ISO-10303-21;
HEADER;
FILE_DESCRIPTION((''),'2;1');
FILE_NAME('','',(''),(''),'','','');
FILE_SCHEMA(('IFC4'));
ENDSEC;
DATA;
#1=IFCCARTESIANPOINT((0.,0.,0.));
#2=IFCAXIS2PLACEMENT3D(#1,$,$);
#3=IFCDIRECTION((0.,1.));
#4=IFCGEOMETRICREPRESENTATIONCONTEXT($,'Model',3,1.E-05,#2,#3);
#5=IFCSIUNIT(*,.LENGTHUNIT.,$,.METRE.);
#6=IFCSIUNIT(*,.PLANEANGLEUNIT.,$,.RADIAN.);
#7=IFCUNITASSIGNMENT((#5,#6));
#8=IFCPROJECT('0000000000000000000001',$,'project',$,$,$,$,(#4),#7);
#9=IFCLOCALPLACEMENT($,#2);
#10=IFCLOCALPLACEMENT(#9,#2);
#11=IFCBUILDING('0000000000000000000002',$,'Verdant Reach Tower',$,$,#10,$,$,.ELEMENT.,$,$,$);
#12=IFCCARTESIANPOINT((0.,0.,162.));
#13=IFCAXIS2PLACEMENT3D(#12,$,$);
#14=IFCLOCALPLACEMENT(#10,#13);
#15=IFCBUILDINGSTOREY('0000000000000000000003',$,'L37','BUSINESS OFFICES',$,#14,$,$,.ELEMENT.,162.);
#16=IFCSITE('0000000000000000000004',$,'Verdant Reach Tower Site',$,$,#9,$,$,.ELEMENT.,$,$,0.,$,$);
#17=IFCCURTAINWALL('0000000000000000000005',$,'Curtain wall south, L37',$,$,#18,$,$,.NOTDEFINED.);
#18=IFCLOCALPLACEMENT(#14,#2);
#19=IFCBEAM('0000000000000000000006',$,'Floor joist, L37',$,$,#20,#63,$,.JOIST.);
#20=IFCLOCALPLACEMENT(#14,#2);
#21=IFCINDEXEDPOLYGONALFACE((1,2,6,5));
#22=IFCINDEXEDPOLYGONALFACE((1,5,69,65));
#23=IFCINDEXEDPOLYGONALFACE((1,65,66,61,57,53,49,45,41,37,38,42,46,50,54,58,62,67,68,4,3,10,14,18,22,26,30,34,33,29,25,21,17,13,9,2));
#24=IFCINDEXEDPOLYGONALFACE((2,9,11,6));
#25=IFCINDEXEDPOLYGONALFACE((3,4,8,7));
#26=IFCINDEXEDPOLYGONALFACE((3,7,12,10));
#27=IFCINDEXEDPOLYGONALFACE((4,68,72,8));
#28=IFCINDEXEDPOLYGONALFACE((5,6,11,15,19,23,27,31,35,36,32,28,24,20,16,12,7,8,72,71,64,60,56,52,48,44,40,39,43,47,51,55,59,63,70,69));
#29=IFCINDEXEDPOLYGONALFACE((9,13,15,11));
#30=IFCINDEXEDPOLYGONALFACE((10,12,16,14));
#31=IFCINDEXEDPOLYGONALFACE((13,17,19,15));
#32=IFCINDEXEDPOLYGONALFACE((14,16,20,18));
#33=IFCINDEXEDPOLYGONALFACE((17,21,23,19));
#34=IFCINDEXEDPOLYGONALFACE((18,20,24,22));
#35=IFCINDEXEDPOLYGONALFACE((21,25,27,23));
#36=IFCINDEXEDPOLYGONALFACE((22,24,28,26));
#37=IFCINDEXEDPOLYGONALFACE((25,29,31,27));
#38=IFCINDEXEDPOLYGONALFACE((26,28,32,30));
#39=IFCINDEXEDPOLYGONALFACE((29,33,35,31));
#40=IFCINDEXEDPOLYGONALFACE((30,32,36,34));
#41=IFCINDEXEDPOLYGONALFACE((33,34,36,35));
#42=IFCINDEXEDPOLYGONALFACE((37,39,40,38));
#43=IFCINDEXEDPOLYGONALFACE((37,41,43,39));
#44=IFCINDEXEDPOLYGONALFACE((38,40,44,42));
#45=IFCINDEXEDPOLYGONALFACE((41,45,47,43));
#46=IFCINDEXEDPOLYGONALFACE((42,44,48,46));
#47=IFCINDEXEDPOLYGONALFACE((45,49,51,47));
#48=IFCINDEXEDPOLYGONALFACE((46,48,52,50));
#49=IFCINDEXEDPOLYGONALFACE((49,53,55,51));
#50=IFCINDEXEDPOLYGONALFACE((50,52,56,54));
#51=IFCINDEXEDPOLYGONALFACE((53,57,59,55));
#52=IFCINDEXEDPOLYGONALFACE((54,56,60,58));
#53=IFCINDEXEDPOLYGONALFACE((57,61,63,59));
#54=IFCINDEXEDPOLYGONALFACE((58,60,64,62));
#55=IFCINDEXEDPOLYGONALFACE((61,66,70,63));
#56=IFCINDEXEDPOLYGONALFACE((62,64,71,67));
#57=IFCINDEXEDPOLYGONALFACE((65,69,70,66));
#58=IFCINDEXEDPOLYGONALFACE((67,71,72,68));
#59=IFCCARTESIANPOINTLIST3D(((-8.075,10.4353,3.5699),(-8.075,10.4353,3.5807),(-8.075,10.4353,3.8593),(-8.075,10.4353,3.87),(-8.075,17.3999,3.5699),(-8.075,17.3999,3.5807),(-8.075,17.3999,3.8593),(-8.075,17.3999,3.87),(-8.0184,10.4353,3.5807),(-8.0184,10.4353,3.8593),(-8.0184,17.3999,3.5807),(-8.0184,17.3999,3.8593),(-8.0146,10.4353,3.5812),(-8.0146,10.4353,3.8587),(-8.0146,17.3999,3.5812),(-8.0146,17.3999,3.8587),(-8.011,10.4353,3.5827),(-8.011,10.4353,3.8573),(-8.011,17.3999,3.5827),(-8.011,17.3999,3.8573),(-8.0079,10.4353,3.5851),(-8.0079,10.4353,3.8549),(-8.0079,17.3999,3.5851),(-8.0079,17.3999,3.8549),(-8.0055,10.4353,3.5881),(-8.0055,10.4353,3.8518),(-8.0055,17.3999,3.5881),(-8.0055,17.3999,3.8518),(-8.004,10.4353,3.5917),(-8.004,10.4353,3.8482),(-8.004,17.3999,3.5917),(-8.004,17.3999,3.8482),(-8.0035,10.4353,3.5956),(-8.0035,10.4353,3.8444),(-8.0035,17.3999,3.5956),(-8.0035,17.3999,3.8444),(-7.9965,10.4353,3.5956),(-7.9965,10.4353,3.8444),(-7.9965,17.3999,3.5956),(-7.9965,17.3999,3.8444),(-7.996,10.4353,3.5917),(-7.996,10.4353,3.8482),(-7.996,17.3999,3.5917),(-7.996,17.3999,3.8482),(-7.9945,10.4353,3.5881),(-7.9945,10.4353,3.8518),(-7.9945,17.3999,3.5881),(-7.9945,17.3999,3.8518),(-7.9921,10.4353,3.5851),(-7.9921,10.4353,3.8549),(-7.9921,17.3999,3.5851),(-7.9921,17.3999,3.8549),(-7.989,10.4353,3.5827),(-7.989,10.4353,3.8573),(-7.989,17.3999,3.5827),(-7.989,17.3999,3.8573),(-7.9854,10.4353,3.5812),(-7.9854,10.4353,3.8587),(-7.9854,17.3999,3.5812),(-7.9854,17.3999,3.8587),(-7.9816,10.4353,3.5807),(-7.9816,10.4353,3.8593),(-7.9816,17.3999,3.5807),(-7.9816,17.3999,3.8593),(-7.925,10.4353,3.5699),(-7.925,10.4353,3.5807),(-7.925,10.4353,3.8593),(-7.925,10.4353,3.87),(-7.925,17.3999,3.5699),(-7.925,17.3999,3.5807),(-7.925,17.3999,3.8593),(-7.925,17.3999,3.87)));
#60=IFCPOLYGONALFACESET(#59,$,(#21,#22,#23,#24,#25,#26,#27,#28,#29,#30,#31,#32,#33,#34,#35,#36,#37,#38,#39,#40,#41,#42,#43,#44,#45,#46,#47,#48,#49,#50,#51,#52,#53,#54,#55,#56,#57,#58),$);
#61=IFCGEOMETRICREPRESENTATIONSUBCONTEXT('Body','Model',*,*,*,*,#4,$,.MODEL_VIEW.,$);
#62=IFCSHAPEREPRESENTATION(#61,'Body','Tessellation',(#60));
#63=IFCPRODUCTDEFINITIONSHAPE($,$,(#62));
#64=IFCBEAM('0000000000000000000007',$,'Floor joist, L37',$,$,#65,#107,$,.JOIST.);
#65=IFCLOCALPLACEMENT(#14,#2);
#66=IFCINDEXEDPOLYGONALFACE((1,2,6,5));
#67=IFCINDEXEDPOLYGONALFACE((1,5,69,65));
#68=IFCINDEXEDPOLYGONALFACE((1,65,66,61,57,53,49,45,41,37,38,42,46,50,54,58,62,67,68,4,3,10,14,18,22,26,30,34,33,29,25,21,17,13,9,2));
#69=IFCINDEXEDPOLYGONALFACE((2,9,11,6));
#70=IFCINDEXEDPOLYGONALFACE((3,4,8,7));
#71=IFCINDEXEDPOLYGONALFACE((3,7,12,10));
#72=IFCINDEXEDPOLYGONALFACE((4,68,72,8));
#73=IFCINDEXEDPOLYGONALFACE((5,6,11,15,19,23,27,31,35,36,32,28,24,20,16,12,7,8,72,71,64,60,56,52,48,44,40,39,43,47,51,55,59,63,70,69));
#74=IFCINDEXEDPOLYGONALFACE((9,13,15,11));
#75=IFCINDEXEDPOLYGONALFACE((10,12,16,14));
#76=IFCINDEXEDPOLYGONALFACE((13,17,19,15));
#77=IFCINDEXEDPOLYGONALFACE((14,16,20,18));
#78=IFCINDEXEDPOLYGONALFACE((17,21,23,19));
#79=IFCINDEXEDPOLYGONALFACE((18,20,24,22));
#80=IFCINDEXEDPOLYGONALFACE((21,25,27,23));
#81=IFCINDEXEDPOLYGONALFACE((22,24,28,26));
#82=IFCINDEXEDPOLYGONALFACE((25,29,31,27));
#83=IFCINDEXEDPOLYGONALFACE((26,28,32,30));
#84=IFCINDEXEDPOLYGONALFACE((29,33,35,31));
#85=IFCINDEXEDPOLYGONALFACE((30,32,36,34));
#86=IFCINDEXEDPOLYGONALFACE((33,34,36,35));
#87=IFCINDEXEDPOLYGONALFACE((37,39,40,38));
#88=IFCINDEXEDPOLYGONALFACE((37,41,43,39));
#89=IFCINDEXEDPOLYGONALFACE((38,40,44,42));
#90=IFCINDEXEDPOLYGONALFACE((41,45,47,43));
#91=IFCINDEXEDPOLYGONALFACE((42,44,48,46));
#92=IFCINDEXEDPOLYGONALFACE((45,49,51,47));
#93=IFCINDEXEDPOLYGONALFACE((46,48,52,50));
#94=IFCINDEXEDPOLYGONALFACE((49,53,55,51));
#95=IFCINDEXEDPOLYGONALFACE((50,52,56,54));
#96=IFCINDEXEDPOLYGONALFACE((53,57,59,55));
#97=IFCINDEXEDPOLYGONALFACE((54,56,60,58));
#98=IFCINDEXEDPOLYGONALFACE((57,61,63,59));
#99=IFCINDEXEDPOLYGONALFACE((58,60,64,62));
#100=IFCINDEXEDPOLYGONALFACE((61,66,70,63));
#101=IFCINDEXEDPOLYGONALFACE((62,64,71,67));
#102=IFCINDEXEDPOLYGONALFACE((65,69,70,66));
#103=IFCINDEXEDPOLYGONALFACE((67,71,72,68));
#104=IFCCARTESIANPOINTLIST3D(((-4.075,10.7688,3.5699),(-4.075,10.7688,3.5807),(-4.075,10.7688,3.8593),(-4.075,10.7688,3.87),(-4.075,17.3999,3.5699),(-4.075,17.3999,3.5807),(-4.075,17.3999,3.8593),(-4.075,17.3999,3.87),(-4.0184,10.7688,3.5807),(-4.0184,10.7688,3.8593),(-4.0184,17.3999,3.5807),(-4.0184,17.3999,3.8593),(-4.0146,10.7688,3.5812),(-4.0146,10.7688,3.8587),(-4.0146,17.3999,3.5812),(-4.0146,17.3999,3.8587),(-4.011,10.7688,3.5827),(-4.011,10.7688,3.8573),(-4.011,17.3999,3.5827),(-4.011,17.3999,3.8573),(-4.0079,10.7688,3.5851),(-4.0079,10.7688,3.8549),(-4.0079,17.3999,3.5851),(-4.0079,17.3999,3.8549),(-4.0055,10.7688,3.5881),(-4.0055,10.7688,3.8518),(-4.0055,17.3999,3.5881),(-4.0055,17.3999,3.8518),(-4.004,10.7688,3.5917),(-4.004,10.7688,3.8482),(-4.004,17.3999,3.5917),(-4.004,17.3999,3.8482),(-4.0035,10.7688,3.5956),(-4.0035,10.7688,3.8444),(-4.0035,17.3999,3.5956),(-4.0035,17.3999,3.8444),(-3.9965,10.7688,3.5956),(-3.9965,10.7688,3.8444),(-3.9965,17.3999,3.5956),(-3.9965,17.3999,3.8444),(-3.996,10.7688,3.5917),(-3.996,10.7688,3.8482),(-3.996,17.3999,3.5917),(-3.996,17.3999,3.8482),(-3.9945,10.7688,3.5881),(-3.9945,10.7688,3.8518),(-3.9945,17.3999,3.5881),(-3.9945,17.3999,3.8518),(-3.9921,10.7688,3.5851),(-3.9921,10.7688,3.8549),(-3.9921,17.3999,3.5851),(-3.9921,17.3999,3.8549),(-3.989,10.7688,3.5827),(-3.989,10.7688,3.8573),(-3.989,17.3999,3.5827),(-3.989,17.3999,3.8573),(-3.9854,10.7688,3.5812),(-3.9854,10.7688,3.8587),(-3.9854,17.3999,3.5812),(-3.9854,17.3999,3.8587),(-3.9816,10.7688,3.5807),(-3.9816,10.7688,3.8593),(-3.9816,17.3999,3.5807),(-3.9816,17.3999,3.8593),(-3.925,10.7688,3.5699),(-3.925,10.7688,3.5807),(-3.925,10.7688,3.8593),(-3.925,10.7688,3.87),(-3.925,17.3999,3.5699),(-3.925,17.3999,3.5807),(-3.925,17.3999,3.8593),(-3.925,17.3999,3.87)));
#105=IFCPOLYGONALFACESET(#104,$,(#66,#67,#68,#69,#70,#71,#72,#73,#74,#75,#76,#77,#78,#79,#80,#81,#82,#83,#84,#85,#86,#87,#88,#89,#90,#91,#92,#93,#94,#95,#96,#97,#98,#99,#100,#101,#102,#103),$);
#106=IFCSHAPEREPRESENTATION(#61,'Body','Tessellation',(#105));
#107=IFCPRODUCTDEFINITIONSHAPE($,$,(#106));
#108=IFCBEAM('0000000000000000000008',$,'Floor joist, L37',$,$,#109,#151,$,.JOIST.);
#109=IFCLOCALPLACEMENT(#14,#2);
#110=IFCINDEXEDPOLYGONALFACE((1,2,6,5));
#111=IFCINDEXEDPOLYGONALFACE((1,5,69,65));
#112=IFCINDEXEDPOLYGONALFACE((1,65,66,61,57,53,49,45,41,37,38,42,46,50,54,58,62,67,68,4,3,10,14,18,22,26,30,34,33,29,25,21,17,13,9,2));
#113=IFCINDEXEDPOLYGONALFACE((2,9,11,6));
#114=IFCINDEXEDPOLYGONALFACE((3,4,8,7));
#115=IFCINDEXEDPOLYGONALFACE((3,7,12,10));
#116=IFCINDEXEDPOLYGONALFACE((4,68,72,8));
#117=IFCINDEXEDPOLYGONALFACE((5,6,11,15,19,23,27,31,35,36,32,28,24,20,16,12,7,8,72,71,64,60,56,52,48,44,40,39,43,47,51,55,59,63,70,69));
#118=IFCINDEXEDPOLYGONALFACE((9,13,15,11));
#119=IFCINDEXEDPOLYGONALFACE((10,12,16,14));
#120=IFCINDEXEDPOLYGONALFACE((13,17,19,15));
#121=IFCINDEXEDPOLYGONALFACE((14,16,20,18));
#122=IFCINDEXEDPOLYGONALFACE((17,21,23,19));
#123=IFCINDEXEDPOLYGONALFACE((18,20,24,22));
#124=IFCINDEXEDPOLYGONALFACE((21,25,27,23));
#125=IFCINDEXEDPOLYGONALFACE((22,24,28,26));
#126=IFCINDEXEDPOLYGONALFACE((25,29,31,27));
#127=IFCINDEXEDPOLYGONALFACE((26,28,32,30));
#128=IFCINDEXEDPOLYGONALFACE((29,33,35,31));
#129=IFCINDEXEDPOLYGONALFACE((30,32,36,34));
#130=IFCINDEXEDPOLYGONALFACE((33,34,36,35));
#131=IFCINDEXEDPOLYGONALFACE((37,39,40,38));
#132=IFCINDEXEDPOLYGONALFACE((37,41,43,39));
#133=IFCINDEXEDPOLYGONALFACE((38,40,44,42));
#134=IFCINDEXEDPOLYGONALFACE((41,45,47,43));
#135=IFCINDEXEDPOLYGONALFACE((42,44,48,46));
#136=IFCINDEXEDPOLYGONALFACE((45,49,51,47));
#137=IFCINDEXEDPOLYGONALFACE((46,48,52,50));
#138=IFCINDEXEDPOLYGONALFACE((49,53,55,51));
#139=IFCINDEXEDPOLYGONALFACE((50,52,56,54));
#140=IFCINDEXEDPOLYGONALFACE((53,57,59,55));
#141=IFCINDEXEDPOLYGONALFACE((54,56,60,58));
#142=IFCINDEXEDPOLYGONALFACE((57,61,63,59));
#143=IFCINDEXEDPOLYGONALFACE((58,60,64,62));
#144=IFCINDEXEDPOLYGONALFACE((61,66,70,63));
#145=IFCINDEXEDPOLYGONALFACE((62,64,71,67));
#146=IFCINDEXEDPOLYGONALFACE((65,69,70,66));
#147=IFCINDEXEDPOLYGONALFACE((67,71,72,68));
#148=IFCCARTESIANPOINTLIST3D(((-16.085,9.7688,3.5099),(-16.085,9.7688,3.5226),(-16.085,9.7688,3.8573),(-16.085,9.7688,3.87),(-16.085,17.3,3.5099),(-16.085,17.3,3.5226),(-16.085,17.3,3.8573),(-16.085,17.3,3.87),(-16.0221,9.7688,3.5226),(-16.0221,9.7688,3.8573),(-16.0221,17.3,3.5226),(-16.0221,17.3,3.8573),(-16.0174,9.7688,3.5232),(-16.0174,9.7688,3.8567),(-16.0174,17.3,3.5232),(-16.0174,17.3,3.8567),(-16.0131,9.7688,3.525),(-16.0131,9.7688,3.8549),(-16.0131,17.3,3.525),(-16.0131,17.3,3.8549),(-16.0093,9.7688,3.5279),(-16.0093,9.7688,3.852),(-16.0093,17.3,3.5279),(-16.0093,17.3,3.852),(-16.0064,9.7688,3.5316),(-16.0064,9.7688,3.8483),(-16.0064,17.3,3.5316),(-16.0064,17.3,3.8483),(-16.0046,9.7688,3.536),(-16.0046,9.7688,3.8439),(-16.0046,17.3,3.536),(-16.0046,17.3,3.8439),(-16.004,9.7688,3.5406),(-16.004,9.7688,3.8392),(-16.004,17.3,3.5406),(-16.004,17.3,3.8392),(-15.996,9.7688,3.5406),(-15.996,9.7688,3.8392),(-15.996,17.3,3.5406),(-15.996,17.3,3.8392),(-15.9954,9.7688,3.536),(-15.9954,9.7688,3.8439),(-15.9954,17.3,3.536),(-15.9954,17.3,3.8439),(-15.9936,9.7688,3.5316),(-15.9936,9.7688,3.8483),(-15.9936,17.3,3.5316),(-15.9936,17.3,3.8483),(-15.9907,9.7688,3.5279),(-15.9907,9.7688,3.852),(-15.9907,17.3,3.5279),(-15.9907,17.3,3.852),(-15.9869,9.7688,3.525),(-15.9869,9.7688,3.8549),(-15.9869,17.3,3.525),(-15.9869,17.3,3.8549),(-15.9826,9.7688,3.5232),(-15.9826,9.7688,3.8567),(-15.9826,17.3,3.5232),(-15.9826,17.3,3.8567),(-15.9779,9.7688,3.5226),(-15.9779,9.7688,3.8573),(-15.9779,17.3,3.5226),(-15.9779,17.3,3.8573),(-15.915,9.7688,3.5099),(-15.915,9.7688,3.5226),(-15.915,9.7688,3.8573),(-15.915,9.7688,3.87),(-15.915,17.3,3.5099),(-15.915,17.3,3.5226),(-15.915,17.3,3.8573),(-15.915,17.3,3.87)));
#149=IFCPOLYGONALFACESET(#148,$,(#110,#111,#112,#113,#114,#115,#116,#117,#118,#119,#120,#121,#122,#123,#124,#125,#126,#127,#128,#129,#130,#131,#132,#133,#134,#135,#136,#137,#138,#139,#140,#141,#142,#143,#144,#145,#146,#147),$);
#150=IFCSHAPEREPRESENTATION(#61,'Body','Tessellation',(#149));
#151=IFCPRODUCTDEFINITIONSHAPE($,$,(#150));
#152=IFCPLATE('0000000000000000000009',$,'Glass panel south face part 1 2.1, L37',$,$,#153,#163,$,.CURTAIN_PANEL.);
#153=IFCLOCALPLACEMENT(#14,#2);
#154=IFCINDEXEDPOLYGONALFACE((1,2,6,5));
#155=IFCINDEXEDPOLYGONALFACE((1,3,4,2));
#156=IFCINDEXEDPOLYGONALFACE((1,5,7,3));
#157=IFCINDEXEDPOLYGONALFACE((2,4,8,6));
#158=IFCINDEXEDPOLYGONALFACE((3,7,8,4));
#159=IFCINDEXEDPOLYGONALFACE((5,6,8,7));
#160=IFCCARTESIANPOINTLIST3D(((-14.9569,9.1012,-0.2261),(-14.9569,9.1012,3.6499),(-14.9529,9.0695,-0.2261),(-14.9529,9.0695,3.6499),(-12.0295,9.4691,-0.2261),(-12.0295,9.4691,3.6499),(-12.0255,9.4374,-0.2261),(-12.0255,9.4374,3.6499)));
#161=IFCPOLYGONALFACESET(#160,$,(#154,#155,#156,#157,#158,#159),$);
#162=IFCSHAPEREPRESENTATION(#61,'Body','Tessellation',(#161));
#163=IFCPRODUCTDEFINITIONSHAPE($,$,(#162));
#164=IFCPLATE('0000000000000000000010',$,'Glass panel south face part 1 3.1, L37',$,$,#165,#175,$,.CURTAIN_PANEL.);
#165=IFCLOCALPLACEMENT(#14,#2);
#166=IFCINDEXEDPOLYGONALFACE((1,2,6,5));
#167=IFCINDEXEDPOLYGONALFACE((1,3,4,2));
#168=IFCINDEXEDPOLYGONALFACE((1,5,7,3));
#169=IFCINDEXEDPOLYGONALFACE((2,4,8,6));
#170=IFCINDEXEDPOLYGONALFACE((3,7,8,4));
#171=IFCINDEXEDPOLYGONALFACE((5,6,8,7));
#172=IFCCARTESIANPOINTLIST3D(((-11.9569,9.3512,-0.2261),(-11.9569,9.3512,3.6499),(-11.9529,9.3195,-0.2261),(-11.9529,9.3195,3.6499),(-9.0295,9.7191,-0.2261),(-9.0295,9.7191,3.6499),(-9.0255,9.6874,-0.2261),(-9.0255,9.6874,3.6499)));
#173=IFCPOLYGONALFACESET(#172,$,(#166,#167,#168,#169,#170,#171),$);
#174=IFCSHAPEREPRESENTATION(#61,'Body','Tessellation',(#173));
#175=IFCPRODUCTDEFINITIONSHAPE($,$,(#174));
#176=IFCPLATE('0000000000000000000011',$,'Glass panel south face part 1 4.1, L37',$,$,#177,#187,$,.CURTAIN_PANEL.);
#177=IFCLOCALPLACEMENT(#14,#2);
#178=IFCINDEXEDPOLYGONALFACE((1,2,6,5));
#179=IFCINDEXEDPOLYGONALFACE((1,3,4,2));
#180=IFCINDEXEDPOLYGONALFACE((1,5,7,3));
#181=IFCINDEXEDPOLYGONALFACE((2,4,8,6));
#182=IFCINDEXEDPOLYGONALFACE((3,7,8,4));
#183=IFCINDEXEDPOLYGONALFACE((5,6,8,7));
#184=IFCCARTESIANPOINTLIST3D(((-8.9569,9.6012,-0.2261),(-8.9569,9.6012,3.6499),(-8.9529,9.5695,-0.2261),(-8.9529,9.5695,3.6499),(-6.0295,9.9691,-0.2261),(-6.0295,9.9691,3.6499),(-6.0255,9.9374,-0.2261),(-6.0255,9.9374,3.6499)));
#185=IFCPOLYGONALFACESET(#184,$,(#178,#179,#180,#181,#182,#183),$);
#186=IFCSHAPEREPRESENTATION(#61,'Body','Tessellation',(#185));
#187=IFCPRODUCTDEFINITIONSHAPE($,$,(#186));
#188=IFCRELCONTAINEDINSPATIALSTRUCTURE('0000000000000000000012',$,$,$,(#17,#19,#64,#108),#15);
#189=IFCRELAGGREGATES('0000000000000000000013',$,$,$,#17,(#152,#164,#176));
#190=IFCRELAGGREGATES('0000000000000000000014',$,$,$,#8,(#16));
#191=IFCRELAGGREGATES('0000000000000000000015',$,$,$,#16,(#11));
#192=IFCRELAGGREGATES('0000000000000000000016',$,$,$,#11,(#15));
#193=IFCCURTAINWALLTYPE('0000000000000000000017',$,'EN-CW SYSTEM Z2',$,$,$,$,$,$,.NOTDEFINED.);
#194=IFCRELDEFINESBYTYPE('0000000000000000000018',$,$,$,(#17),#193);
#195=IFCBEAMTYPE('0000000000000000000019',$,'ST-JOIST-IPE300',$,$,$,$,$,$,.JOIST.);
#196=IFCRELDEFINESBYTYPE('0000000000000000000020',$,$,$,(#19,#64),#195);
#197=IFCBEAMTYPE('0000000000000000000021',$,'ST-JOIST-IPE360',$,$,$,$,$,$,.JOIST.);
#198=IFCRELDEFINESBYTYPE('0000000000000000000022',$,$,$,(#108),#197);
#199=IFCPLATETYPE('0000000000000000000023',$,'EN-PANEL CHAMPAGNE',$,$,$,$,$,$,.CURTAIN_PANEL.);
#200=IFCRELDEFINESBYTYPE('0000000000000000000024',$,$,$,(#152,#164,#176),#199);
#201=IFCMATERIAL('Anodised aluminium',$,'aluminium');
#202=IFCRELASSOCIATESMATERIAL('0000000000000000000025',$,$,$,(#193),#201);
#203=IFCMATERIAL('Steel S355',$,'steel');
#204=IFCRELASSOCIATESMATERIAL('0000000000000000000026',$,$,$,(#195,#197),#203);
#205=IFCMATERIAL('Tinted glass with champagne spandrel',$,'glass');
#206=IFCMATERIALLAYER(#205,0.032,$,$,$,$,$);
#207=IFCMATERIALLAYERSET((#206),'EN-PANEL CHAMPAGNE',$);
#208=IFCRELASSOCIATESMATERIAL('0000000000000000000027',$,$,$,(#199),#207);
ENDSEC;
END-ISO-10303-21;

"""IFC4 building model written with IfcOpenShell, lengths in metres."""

from ifc_helpers import new_model, si_unit, direction, frame, origin, origin_2d, place, context, subcontext, project, spatial, rectangle, i_section, extrude, material, layer, layer_set, material_profile, profile_set, type_object, element, aggregate, save


model = new_model("IFC4")

# Units and contexts
model_context = context("Model", 3, precision=1e-05, world=origin(), true_north=direction((0.0, 1.0)))
body_context = subcontext(model_context, "Body", "Model", "MODEL_VIEW")
ifc_project = project(units=[si_unit("LENGTHUNIT", "METRE"), si_unit("PLANEANGLEUNIT", "RADIAN")], contexts=[model_context])

# Site, building, storey
site_placement = place(None, origin())
site = spatial("IfcSite", under=ifc_project, at=site_placement, Name="Verdant Reach Tower Site", CompositionType="ELEMENT", RefElevation=0.0)
building_placement = place(site_placement, origin())
building = spatial("IfcBuilding", under=site, at=building_placement, Name="Verdant Reach Tower", CompositionType="ELEMENT")
storey_placement = place(building_placement, frame((0.0, 0.0, 162.0)))
storey = spatial("IfcBuildingStorey", under=building, at=storey_placement, Name="L37", Description="BUSINESS OFFICES", CompositionType="ELEMENT", Elevation=162.0)

# Curtain wall
ifc_material_1 = material(Name="Anodised aluminium", Category="aluminium")
curtain_wall_type = type_object("IfcCurtainWallType", Name="EN-CW SYSTEM Z2", PredefinedType="NOTDEFINED", material=ifc_material_1)
curtain_wall_placement = place(storey_placement, origin())
curtain_wall = element("IfcCurtainWall", 1, at=curtain_wall_placement, inside=storey, type_object=curtain_wall_type, Name="Curtain wall south, L37", PredefinedType="NOTDEFINED")

# Beams
ifc_material_2 = material(Name="Steel S355", Category="steel")
ifc_material_profile_1 = material_profile(ifc_material_2, i_section(OverallWidth=0.1499, OverallDepth=0.3, WebThickness=0.0071, FlangeThickness=0.0107, FilletRadius=0.0149, at=origin_2d()), Name="IPE 300")
ifc_profile_set_1 = profile_set([ifc_material_profile_1], Name="Steel S355")
beam_type_1 = type_object("IfcBeamType", Name="ST-JOIST-IPE300", PredefinedType="JOIST", material=ifc_profile_set_1)
beam_1_placement = place(storey_placement, frame((-8.0, 17.3999, 3.72), z_axis=(0.0, -1.0, 0.0), x_axis=(1.0, 0.0, 0.0)))
element("IfcBeam", 2, at=beam_1_placement, inside=storey, type_object=beam_type_1, Name="Floor joist, L37", PredefinedType="JOIST", context=body_context, shape_type="SweptSolid", body=[
    extrude(i_section(OverallWidth=0.1499, OverallDepth=0.3, WebThickness=0.0071, FlangeThickness=0.0107, FilletRadius=0.0149, at=origin_2d()), origin(), (0.0, 0.0, 1.0), 6.9646),
])
beam_2_placement = place(storey_placement, frame((-4.0, 17.3999, 3.72), z_axis=(0.0, -1.0, 0.0), x_axis=(1.0, 0.0, 0.0)))
element("IfcBeam", 3, at=beam_2_placement, inside=storey, type_object=beam_type_1, Name="Floor joist, L37", PredefinedType="JOIST", context=body_context, shape_type="SweptSolid", body=[
    extrude(i_section(OverallWidth=0.1499, OverallDepth=0.3, WebThickness=0.0071, FlangeThickness=0.0107, FilletRadius=0.0149, at=origin_2d()), origin(), (0.0, 0.0, 1.0), 6.6311),
])
ifc_material_profile_2 = material_profile(ifc_material_2, i_section(OverallWidth=0.1699, OverallDepth=0.3601, WebThickness=0.0081, FlangeThickness=0.0127, FilletRadius=0.0181, at=origin_2d()), Name="IPE 360")
ifc_profile_set_2 = profile_set([ifc_material_profile_2], Name="Steel S355")
beam_type_2 = type_object("IfcBeamType", Name="ST-JOIST-IPE360", PredefinedType="JOIST", material=ifc_profile_set_2)
beam_3_placement = place(storey_placement, frame((-16.0, 17.3, 3.6899), z_axis=(0.0, -1.0, 0.0), x_axis=(1.0, 0.0, 0.0)))
element("IfcBeam", 4, at=beam_3_placement, inside=storey, type_object=beam_type_2, Name="Floor joist, L37", PredefinedType="JOIST", context=body_context, shape_type="SweptSolid", body=[
    extrude(i_section(OverallWidth=0.1699, OverallDepth=0.3601, WebThickness=0.0081, FlangeThickness=0.0127, FilletRadius=0.0181, at=origin_2d()), origin(), (0.0, 0.0, 1.0), 7.5312),
])

# Plates
ifc_material_3 = material(Name="Tinted glass with champagne spandrel", Category="glass")
ifc_layer_1 = layer(ifc_material_3, 0.032)
ifc_layer_set_1 = layer_set([ifc_layer_1], Name="EN-PANEL CHAMPAGNE")
plate_type_1 = type_object("IfcPlateType", Name="EN-PANEL CHAMPAGNE", PredefinedType="CURTAIN_PANEL", material=ifc_layer_set_1)
plate_1_placement = place(storey_placement, frame((-13.4912, 9.2693, -0.2261), z_axis=(0.0, 0.0, 1.0), x_axis=(0.992194, 0.124704, 0.0)))
plate_1 = element("IfcPlate", 5, at=plate_1_placement, type_object=plate_type_1, Name="Glass panel south face part 1 2.1, L37", PredefinedType="CURTAIN_PANEL", context=body_context, shape_type="SweptSolid", body=[
    extrude(rectangle(XDim=2.9504, YDim=0.032, at=origin_2d()), origin(), (0.0, 0.0, 1.0), 3.876),
])
plate_2_placement = place(storey_placement, frame((-10.4912, 9.5193, -0.2261), z_axis=(0.0, 0.0, 1.0), x_axis=(0.992194, 0.124704, 0.0)))
plate_2 = element("IfcPlate", 6, at=plate_2_placement, type_object=plate_type_1, Name="Glass panel south face part 1 3.1, L37", PredefinedType="CURTAIN_PANEL", context=body_context, shape_type="SweptSolid", body=[
    extrude(rectangle(XDim=2.9504, YDim=0.032, at=origin_2d()), origin(), (0.0, 0.0, 1.0), 3.876),
])
plate_3_placement = place(storey_placement, frame((-7.4912, 9.7693, -0.2261), z_axis=(0.0, 0.0, 1.0), x_axis=(0.992194, 0.124704, 0.0)))
plate_3 = element("IfcPlate", 7, at=plate_3_placement, type_object=plate_type_1, Name="Glass panel south face part 1 4.1, L37", PredefinedType="CURTAIN_PANEL", context=body_context, shape_type="SweptSolid", body=[
    extrude(rectangle(XDim=2.9504, YDim=0.032, at=origin_2d()), origin(), (0.0, 0.0, 1.0), 3.876),
])
aggregate(curtain_wall, [plate_1, plate_2, plate_3])

save(model, "model.ifc")
